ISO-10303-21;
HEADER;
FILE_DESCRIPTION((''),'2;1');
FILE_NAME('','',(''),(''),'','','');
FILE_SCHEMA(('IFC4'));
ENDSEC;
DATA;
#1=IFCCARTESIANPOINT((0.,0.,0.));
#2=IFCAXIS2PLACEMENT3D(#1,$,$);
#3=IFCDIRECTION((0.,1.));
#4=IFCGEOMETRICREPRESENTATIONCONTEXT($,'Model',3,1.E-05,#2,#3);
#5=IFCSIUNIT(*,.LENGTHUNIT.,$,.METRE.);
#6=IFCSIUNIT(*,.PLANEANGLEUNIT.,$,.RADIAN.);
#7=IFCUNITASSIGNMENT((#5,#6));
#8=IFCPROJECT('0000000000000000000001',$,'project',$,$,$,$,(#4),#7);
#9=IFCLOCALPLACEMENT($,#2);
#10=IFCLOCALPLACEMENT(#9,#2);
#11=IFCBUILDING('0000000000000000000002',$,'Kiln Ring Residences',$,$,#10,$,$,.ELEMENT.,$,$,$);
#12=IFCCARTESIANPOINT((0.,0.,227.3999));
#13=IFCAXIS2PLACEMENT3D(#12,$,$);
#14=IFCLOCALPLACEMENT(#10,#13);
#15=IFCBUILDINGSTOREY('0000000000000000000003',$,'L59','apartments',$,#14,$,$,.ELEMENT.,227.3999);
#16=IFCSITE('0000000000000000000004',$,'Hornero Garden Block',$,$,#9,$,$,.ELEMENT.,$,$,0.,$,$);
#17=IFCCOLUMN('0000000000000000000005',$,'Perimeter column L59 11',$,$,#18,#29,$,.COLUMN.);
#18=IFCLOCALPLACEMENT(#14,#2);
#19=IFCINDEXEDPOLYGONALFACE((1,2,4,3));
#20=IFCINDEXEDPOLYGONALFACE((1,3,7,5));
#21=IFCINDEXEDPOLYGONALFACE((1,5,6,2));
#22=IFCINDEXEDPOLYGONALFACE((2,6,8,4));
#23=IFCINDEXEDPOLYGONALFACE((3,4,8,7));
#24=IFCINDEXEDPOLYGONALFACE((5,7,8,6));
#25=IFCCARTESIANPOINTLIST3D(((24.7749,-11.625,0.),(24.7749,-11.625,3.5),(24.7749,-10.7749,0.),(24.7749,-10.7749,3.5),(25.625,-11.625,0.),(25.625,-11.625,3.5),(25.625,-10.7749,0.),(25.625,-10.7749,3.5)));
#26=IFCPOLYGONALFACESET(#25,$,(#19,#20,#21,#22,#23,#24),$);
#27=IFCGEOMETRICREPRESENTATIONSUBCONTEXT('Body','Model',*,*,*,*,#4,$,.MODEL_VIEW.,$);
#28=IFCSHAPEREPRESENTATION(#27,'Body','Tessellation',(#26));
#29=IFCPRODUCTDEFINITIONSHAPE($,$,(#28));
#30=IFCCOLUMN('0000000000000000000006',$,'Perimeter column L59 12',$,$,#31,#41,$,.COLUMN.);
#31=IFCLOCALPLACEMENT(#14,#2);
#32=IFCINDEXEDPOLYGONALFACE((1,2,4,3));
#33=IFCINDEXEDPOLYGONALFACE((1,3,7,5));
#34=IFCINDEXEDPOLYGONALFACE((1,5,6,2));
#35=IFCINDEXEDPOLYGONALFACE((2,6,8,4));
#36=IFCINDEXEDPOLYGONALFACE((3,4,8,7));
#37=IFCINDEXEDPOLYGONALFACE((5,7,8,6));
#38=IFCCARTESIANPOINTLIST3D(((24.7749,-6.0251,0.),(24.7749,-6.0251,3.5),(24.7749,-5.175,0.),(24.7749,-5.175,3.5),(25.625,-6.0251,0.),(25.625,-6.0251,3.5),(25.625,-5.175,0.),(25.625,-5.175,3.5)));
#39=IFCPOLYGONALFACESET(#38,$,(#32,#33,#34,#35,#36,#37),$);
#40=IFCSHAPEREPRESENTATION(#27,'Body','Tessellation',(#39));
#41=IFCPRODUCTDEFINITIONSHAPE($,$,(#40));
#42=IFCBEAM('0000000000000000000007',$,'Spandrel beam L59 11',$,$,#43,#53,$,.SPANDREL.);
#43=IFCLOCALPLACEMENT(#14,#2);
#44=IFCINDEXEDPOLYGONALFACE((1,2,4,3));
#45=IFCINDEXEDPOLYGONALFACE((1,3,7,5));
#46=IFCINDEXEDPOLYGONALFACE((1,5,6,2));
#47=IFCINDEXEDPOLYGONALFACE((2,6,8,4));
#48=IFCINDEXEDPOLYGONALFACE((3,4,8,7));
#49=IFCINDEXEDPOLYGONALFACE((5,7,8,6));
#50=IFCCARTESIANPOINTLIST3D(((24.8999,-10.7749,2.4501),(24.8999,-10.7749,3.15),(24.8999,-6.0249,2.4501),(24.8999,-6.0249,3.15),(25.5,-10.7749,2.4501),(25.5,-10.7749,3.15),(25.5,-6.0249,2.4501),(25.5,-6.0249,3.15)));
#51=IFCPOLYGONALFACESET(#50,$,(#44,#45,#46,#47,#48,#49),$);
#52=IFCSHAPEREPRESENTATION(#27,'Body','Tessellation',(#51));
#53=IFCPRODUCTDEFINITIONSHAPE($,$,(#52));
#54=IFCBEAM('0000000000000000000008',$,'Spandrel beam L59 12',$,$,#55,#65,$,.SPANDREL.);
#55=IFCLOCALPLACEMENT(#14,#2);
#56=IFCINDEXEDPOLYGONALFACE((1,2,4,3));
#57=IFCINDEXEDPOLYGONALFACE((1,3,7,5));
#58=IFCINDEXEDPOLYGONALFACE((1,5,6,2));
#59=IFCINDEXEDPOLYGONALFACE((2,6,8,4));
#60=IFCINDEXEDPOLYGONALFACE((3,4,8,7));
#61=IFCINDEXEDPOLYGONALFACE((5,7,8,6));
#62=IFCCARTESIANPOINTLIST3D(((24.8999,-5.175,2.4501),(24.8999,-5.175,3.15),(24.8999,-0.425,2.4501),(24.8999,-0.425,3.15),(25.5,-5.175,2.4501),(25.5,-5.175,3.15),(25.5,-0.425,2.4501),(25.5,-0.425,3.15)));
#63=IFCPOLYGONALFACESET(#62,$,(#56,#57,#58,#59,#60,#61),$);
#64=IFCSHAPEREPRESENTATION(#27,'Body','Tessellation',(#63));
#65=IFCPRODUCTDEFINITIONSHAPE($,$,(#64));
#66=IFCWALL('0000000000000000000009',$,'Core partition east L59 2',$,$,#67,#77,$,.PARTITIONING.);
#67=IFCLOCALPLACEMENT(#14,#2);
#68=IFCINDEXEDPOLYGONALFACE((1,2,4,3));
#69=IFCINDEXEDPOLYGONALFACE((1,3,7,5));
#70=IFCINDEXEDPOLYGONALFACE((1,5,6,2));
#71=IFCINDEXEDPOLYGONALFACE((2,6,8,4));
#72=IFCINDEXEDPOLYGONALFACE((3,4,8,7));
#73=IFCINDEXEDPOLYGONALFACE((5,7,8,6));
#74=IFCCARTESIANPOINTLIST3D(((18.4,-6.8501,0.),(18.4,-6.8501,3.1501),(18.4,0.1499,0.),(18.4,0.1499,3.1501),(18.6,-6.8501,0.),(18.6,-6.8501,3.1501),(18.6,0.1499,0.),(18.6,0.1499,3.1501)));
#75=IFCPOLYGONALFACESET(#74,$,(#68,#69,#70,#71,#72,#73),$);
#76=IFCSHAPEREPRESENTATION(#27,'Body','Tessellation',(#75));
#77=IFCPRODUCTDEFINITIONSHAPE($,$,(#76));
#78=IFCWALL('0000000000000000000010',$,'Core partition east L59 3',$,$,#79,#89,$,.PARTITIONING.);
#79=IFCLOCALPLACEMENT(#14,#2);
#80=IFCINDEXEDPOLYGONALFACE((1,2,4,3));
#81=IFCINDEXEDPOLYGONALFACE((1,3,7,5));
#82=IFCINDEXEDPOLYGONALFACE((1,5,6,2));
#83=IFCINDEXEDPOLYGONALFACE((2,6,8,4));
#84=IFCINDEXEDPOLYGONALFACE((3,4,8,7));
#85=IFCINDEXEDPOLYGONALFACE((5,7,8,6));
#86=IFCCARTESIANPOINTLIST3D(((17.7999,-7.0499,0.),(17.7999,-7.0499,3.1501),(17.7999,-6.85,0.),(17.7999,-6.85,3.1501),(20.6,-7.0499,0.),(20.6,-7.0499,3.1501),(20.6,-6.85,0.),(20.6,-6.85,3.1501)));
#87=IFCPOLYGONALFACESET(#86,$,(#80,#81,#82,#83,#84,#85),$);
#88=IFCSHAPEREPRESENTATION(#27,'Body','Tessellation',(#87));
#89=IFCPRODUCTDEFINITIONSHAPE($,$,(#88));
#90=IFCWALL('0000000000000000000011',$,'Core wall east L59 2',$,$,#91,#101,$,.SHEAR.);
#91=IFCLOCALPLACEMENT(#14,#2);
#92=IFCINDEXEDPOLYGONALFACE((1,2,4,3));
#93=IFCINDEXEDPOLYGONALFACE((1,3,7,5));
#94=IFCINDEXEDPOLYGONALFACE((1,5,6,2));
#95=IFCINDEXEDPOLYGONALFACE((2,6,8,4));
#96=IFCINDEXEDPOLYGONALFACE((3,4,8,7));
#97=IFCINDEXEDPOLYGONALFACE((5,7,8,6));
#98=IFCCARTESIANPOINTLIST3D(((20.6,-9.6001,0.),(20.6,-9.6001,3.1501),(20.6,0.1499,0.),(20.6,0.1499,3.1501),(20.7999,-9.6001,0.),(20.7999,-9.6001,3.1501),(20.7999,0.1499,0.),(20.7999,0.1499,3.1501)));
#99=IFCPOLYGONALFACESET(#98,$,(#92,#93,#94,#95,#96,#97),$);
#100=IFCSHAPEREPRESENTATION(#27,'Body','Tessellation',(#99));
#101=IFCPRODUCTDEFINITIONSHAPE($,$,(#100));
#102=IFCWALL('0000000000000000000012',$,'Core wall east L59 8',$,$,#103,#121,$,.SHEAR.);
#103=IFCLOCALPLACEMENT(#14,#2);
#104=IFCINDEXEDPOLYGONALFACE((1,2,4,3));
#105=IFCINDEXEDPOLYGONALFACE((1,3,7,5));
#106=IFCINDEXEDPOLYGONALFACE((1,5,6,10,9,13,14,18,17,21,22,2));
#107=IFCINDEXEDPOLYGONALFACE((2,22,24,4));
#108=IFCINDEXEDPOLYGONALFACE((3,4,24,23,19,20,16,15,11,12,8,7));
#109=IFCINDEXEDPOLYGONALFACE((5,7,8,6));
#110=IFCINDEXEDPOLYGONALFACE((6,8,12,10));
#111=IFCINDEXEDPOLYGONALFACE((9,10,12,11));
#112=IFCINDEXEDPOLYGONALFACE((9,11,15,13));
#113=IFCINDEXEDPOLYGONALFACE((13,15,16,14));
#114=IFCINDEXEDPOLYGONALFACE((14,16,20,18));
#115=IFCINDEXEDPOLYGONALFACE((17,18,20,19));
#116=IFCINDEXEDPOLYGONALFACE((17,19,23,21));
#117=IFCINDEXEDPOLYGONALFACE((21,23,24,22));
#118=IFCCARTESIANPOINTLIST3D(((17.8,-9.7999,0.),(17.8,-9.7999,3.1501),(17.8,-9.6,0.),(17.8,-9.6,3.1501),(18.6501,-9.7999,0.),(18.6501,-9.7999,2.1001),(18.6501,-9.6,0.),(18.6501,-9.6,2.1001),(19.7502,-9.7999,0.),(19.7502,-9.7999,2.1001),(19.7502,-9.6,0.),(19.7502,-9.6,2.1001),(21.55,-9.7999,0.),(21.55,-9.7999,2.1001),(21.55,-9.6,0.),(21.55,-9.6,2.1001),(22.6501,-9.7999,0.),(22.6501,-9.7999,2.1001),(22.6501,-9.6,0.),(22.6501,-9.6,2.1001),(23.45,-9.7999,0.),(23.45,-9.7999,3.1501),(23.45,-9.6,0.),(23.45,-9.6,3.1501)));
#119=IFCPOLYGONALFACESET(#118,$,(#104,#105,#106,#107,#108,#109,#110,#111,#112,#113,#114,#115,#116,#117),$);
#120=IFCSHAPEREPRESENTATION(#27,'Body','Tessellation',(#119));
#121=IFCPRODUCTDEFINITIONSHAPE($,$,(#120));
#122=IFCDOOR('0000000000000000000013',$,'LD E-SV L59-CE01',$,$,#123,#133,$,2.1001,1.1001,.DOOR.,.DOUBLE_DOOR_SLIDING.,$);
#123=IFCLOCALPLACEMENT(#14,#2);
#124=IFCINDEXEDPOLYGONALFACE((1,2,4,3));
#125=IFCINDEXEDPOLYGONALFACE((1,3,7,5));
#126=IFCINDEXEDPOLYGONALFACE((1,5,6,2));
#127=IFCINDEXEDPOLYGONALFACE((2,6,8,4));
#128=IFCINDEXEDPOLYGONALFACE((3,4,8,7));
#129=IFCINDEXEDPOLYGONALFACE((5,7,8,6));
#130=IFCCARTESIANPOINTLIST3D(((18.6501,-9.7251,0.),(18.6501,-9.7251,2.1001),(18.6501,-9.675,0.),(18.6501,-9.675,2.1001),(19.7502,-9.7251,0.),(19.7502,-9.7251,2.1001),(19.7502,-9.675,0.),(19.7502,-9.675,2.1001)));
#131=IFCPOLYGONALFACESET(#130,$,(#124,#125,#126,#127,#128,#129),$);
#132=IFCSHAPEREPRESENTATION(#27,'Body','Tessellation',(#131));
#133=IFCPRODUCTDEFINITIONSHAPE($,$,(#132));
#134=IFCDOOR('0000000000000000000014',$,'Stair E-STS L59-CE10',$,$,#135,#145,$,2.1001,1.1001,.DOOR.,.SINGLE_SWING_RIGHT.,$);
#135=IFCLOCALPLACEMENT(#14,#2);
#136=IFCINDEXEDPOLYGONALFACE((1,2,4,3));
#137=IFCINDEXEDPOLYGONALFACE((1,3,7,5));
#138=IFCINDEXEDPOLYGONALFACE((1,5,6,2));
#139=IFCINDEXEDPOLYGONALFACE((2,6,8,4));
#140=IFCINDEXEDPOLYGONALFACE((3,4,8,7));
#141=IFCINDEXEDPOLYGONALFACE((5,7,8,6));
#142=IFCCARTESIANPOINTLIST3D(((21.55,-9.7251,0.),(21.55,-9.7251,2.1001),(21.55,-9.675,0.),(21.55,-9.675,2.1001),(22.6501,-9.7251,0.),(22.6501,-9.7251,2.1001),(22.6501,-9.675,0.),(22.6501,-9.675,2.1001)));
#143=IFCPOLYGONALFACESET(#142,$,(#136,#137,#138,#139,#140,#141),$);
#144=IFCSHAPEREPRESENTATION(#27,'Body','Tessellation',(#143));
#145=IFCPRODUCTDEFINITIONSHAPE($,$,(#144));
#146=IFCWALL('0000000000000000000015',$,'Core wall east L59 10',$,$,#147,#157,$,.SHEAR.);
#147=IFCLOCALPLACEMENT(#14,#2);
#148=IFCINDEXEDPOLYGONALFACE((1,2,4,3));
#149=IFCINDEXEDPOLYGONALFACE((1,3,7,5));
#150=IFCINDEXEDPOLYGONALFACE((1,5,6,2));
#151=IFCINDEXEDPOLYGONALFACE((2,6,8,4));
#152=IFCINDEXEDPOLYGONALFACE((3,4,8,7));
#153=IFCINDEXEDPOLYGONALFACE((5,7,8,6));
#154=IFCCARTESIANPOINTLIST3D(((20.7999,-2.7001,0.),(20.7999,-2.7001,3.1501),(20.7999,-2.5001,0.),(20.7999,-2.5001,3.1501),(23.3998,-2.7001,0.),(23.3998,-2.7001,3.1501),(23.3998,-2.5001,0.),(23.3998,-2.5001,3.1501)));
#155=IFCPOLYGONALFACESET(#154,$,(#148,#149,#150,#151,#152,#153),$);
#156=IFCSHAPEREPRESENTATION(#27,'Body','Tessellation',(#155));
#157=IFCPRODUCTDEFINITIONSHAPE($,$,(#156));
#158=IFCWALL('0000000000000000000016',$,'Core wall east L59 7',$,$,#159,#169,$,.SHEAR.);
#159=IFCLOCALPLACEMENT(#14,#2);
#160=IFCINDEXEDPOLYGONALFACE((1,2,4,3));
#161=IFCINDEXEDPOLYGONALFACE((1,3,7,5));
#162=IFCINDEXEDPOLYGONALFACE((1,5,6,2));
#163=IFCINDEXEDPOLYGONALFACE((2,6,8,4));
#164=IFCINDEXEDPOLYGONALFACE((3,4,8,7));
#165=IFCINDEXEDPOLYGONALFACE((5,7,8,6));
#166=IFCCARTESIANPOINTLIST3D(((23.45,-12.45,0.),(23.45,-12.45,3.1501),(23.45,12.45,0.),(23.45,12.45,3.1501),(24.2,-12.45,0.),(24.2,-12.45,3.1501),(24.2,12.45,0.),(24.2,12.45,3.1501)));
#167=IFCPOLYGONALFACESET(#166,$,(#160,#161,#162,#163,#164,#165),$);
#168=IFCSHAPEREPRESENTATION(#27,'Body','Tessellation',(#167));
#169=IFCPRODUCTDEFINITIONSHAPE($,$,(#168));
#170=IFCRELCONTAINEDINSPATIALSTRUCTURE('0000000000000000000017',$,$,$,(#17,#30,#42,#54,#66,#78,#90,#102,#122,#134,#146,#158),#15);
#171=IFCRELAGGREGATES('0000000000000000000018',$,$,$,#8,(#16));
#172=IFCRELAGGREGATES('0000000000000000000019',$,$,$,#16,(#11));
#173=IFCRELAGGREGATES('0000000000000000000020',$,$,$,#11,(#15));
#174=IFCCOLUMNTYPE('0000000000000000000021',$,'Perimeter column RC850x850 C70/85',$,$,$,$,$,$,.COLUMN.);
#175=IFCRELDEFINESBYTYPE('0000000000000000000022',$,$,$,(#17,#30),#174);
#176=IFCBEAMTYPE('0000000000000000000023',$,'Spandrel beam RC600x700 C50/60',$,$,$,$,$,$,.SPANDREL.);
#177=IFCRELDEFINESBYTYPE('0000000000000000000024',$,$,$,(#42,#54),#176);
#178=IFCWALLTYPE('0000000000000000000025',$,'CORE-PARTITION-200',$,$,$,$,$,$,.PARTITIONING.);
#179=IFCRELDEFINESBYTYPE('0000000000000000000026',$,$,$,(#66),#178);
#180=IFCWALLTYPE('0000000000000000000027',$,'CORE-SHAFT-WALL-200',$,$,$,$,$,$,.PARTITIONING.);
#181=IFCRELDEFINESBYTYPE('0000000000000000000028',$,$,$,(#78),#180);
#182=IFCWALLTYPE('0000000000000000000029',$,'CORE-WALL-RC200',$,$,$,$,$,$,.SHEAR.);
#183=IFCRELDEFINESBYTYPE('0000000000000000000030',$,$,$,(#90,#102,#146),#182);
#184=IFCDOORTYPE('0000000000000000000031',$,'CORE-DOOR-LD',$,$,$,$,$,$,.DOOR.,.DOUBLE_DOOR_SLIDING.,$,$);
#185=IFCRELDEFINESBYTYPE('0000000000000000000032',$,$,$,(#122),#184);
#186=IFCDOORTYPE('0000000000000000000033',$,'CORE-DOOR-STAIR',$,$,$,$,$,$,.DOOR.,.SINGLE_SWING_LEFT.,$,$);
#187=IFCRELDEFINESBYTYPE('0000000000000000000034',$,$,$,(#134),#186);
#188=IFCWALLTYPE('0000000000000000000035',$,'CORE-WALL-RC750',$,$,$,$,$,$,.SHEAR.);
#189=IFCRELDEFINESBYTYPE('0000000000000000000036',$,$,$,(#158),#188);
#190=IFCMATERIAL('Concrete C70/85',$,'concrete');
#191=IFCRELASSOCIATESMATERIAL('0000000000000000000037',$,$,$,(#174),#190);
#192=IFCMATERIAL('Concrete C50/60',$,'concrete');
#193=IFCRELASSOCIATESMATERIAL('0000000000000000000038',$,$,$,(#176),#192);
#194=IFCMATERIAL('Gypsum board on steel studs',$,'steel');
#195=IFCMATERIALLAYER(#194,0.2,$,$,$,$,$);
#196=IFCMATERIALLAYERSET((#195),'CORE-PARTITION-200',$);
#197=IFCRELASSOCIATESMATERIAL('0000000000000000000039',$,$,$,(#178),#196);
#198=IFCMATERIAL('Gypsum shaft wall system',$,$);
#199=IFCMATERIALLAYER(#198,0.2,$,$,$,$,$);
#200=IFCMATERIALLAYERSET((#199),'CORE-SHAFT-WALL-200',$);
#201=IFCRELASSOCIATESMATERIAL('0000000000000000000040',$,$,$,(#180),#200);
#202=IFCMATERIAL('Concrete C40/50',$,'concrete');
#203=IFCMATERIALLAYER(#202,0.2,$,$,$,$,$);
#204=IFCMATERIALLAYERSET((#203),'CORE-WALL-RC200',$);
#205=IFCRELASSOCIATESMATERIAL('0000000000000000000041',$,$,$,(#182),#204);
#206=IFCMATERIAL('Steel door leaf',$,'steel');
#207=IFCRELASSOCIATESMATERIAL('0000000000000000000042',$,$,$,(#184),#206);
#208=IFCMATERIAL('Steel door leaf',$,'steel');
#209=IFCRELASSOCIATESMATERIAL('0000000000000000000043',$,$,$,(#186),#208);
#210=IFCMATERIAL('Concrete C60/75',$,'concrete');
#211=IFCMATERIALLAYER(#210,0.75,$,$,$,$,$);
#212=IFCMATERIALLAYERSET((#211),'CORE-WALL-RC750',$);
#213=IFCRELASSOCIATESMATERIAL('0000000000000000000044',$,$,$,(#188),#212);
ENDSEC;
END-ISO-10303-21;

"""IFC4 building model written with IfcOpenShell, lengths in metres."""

from ifc_helpers import new_model, si_unit, direction, frame, frame_2d, origin, origin_2d, place, context, subcontext, project, spatial, rectangle, extrude, material, layer, layer_set, material_profile, profile_set, type_object, element, fill, save


model = new_model("IFC4")

# Units and contexts
model_context = context("Model", 3, precision=1e-05, world=origin(), true_north=direction((0.0, 1.0)))
body_context = subcontext(model_context, "Body", "Model", "MODEL_VIEW")
ifc_project = project(units=[si_unit("LENGTHUNIT", "METRE"), si_unit("PLANEANGLEUNIT", "RADIAN")], contexts=[model_context])

# Site, building, storey
site_placement = place(None, origin())
site = spatial("IfcSite", under=ifc_project, at=site_placement, Name="Hornero Garden Block", CompositionType="ELEMENT", RefElevation=0.0)
building_placement = place(site_placement, origin())
building = spatial("IfcBuilding", under=site, at=building_placement, Name="Kiln Ring Residences", CompositionType="ELEMENT")
storey_placement = place(building_placement, frame((0.0, 0.0, 227.3999)))
storey = spatial("IfcBuildingStorey", under=building, at=storey_placement, Name="L59", Description="apartments", CompositionType="ELEMENT", Elevation=227.3999)

# Columns
ifc_material_1 = material(Name="Concrete C70/85", Category="concrete")
ifc_material_profile_1 = material_profile(ifc_material_1, rectangle(XDim=0.8501, YDim=0.8501, at=origin_2d()), Name="RC850x850")
ifc_profile_set_1 = profile_set([ifc_material_profile_1], Name="Concrete C70/85")
column_type = type_object("IfcColumnType", Name="Perimeter column RC850x850 C70/85", PredefinedType="COLUMN", material=ifc_profile_set_1)
for number, where, z_axis, x_axis, name in (
    (1, (25.2, -11.2, 0.0), (0.0, 0.0, 1.0), (1.0, 0.0, 0.0), "Perimeter column L59 11"),
    (2, (25.2, -5.6001, 0.0), (0.0, 0.0, 1.0), (1.0, 0.0, 0.0), "Perimeter column L59 12"),
):
    element("IfcColumn", number, at=place(storey_placement, frame(where, z_axis=z_axis, x_axis=x_axis)), inside=storey, type_object=column_type, Name=name, PredefinedType="COLUMN", context=body_context, shape_type="SweptSolid", body=[
        extrude(rectangle(XDim=0.8501, YDim=0.8501, at=origin_2d()), origin(), (0.0, 0.0, 1.0), 3.5),
    ])

# Beams
ifc_material_2 = material(Name="Concrete C50/60", Category="concrete")
ifc_material_profile_2 = material_profile(ifc_material_2, rectangle(XDim=0.6001, YDim=0.7, at=origin_2d()), Name="RC600x700")
ifc_profile_set_2 = profile_set([ifc_material_profile_2], Name="Concrete C50/60")
beam_type = type_object("IfcBeamType", Name="Spandrel beam RC600x700 C50/60", PredefinedType="SPANDREL", material=ifc_profile_set_2)
for number, where, z_axis, x_axis, name in (
    (3, (25.2, -10.7749, 2.8), (0.0, 1.0, 0.0), (-1.0, 0.0, 0.0), "Spandrel beam L59 11"),
    (4, (25.2, -5.175, 2.8), (0.0, 1.0, 0.0), (-1.0, 0.0, 0.0), "Spandrel beam L59 12"),
):
    element("IfcBeam", number, at=place(storey_placement, frame(where, z_axis=z_axis, x_axis=x_axis)), inside=storey, type_object=beam_type, Name=name, PredefinedType="SPANDREL", context=body_context, shape_type="SweptSolid", body=[
        extrude(rectangle(XDim=0.6001, YDim=0.7, at=origin_2d()), origin(), (0.0, 0.0, 1.0), 4.75),
    ])

# Walls
ifc_material_3 = material(Name="Gypsum board on steel studs", Category="steel")
ifc_layer_1 = layer(ifc_material_3, 0.2)
ifc_layer_set_1 = layer_set([ifc_layer_1], Name="CORE-PARTITION-200")
wall_type_1 = type_object("IfcWallType", Name="CORE-PARTITION-200", PredefinedType="PARTITIONING", material=ifc_layer_set_1)
wall_1_placement = place(storey_placement, frame((18.5, -6.8501, 0.0), z_axis=(0.0, 0.0, 1.0), x_axis=(0.0, 1.0, 0.0)))
element("IfcWall", 5, at=wall_1_placement, inside=storey, type_object=wall_type_1, Name="Core partition east L59 2", PredefinedType="PARTITIONING", context=body_context, shape_type="SweptSolid", body=[
    extrude(rectangle(XDim=7.0, YDim=0.2, at=frame_2d((3.5, 0.0))), origin(), (0.0, 0.0, 1.0), 3.1501),
])
ifc_material_4 = material(Name="Gypsum shaft wall system")
ifc_layer_2 = layer(ifc_material_4, 0.2)
ifc_layer_set_2 = layer_set([ifc_layer_2], Name="CORE-SHAFT-WALL-200")
wall_type_2 = type_object("IfcWallType", Name="CORE-SHAFT-WALL-200", PredefinedType="PARTITIONING", material=ifc_layer_set_2)
wall_2_placement = place(storey_placement, frame((17.8, -6.95, 0.0), z_axis=(0.0, 0.0, 1.0), x_axis=(1.0, 0.0, 0.0)))
element("IfcWall", 6, at=wall_2_placement, inside=storey, type_object=wall_type_2, Name="Core partition east L59 3", PredefinedType="PARTITIONING", context=body_context, shape_type="SweptSolid", body=[
    extrude(rectangle(XDim=2.8, YDim=0.2, at=frame_2d((1.3999, 0.0))), origin(), (0.0, 0.0, 1.0), 3.1501),
])
ifc_material_5 = material(Name="Concrete C40/50", Category="concrete")
ifc_layer_3 = layer(ifc_material_5, 0.2)
ifc_layer_set_3 = layer_set([ifc_layer_3], Name="CORE-WALL-RC200")
wall_type_3 = type_object("IfcWallType", Name="CORE-WALL-RC200", PredefinedType="SHEAR", material=ifc_layer_set_3)
wall_3_placement = place(storey_placement, frame((20.7, -9.6001, 0.0), z_axis=(0.0, 0.0, 1.0), x_axis=(0.0, 1.0, 0.0)))
element("IfcWall", 7, at=wall_3_placement, inside=storey, type_object=wall_type_3, Name="Core wall east L59 2", PredefinedType="SHEAR", context=body_context, shape_type="SweptSolid", body=[
    extrude(rectangle(XDim=9.75, YDim=0.2, at=frame_2d((4.875, 0.0))), origin(), (0.0, 0.0, 1.0), 3.1501),
])

# Wall, openings, doors
wall_4_placement = place(storey_placement, frame((17.8, -9.7, 0.0), z_axis=(0.0, 0.0, 1.0), x_axis=(1.0, 0.0, 0.0)))
wall_4 = element("IfcWall", 8, at=wall_4_placement, inside=storey, type_object=wall_type_3, Name="Core wall east L59 8", PredefinedType="SHEAR", context=body_context, shape_type="SweptSolid", body=[
    extrude(rectangle(XDim=5.6499, YDim=0.2, at=frame_2d((2.825, 0.0))), origin(), (0.0, 0.0, 1.0), 3.1501),
])
opening_1_placement = place(wall_4_placement, frame((0.8501, 0.0, 0.0)))
opening_1 = element("IfcOpeningElement", 9, at=opening_1_placement, cuts=wall_4, PredefinedType="OPENING", context=body_context, shape_type="SweptSolid", body=[
    extrude(rectangle(XDim=1.1001, YDim=2.1001, at=frame_2d((0.55, 1.05))), frame((0.0, 0.1099, 0.0), z_axis=(0.0, -1.0, 0.0), x_axis=(1.0, 0.0, 0.0)), (0.0, 0.0, 1.0), 0.22),
])
opening_2_placement = place(wall_4_placement, frame((3.75, 0.0, 0.0)))
opening_2 = element("IfcOpeningElement", 10, at=opening_2_placement, cuts=wall_4, PredefinedType="OPENING", context=body_context, shape_type="SweptSolid", body=[
    extrude(rectangle(XDim=1.1001, YDim=2.1001, at=frame_2d((0.55, 1.05))), frame((0.0, 0.1099, 0.0), z_axis=(0.0, -1.0, 0.0), x_axis=(1.0, 0.0, 0.0)), (0.0, 0.0, 1.0), 0.22),
])
ifc_material_6 = material(Name="Steel door leaf", Category="steel")
door_type_1 = type_object("IfcDoorType", Name="CORE-DOOR-LD", OperationType="DOUBLE_DOOR_SLIDING", PredefinedType="DOOR", material=ifc_material_6)
door_1_placement = place(opening_1_placement, origin())
door_1 = element("IfcDoor", 11, at=door_1_placement, inside=storey, type_object=door_type_1, Name="LD E-SV L59-CE01", OperationType="DOUBLE_DOOR_SLIDING", OverallHeight=2.1001, OverallWidth=1.1001, PredefinedType="DOOR", context=body_context, shape_type="SweptSolid", body=[
    extrude(rectangle(XDim=1.1001, YDim=2.1001, at=frame_2d((0.55, 1.05))), frame((0.0, 0.0249, 0.0), z_axis=(0.0, -1.0, 0.0), x_axis=(1.0, 0.0, 0.0)), (0.0, 0.0, 1.0), 0.05),
])
fill(opening_1, door_1)
ifc_material_7 = material(Name="Steel door leaf", Category="steel")
door_type_2 = type_object("IfcDoorType", Name="CORE-DOOR-STAIR", OperationType="SINGLE_SWING_LEFT", PredefinedType="DOOR", material=ifc_material_7)
door_2_placement = place(opening_2_placement, origin())
door_2 = element("IfcDoor", 12, at=door_2_placement, inside=storey, type_object=door_type_2, Name="Stair E-STS L59-CE10", OperationType="SINGLE_SWING_RIGHT", OverallHeight=2.1001, OverallWidth=1.1001, PredefinedType="DOOR", context=body_context, shape_type="SweptSolid", body=[
    extrude(rectangle(XDim=1.1001, YDim=2.1001, at=frame_2d((0.55, 1.05))), frame((0.0, 0.0249, 0.0), z_axis=(0.0, -1.0, 0.0), x_axis=(1.0, 0.0, 0.0)), (0.0, 0.0, 1.0), 0.05),
])
fill(opening_2, door_2)

# Walls
wall_5_placement = place(storey_placement, frame((20.8, -2.6001, 0.0), z_axis=(0.0, 0.0, 1.0), x_axis=(1.0, 0.0, 0.0)))
element("IfcWall", 13, at=wall_5_placement, inside=storey, type_object=wall_type_3, Name="Core wall east L59 10", PredefinedType="SHEAR", context=body_context, shape_type="SweptSolid", body=[
    extrude(rectangle(XDim=2.5999, YDim=0.2, at=frame_2d((1.2998, 0.0))), origin(), (0.0, 0.0, 1.0), 3.1501),
])
ifc_material_8 = material(Name="Concrete C60/75", Category="concrete")
ifc_layer_4 = layer(ifc_material_8, 0.75)
ifc_layer_set_4 = layer_set([ifc_layer_4], Name="CORE-WALL-RC750")
wall_type_4 = type_object("IfcWallType", Name="CORE-WALL-RC750", PredefinedType="SHEAR", material=ifc_layer_set_4)
wall_6_placement = place(storey_placement, frame((23.825, -12.45, 0.0), z_axis=(0.0, 0.0, 1.0), x_axis=(0.0, 1.0, 0.0)))
element("IfcWall", 14, at=wall_6_placement, inside=storey, type_object=wall_type_4, Name="Core wall east L59 7", PredefinedType="SHEAR", context=body_context, shape_type="SweptSolid", body=[
    extrude(rectangle(XDim=24.8999, YDim=0.75, at=frame_2d((12.45, 0.0))), origin(), (0.0, 0.0, 1.0), 3.1501),
])

save(model, "model.ifc")
